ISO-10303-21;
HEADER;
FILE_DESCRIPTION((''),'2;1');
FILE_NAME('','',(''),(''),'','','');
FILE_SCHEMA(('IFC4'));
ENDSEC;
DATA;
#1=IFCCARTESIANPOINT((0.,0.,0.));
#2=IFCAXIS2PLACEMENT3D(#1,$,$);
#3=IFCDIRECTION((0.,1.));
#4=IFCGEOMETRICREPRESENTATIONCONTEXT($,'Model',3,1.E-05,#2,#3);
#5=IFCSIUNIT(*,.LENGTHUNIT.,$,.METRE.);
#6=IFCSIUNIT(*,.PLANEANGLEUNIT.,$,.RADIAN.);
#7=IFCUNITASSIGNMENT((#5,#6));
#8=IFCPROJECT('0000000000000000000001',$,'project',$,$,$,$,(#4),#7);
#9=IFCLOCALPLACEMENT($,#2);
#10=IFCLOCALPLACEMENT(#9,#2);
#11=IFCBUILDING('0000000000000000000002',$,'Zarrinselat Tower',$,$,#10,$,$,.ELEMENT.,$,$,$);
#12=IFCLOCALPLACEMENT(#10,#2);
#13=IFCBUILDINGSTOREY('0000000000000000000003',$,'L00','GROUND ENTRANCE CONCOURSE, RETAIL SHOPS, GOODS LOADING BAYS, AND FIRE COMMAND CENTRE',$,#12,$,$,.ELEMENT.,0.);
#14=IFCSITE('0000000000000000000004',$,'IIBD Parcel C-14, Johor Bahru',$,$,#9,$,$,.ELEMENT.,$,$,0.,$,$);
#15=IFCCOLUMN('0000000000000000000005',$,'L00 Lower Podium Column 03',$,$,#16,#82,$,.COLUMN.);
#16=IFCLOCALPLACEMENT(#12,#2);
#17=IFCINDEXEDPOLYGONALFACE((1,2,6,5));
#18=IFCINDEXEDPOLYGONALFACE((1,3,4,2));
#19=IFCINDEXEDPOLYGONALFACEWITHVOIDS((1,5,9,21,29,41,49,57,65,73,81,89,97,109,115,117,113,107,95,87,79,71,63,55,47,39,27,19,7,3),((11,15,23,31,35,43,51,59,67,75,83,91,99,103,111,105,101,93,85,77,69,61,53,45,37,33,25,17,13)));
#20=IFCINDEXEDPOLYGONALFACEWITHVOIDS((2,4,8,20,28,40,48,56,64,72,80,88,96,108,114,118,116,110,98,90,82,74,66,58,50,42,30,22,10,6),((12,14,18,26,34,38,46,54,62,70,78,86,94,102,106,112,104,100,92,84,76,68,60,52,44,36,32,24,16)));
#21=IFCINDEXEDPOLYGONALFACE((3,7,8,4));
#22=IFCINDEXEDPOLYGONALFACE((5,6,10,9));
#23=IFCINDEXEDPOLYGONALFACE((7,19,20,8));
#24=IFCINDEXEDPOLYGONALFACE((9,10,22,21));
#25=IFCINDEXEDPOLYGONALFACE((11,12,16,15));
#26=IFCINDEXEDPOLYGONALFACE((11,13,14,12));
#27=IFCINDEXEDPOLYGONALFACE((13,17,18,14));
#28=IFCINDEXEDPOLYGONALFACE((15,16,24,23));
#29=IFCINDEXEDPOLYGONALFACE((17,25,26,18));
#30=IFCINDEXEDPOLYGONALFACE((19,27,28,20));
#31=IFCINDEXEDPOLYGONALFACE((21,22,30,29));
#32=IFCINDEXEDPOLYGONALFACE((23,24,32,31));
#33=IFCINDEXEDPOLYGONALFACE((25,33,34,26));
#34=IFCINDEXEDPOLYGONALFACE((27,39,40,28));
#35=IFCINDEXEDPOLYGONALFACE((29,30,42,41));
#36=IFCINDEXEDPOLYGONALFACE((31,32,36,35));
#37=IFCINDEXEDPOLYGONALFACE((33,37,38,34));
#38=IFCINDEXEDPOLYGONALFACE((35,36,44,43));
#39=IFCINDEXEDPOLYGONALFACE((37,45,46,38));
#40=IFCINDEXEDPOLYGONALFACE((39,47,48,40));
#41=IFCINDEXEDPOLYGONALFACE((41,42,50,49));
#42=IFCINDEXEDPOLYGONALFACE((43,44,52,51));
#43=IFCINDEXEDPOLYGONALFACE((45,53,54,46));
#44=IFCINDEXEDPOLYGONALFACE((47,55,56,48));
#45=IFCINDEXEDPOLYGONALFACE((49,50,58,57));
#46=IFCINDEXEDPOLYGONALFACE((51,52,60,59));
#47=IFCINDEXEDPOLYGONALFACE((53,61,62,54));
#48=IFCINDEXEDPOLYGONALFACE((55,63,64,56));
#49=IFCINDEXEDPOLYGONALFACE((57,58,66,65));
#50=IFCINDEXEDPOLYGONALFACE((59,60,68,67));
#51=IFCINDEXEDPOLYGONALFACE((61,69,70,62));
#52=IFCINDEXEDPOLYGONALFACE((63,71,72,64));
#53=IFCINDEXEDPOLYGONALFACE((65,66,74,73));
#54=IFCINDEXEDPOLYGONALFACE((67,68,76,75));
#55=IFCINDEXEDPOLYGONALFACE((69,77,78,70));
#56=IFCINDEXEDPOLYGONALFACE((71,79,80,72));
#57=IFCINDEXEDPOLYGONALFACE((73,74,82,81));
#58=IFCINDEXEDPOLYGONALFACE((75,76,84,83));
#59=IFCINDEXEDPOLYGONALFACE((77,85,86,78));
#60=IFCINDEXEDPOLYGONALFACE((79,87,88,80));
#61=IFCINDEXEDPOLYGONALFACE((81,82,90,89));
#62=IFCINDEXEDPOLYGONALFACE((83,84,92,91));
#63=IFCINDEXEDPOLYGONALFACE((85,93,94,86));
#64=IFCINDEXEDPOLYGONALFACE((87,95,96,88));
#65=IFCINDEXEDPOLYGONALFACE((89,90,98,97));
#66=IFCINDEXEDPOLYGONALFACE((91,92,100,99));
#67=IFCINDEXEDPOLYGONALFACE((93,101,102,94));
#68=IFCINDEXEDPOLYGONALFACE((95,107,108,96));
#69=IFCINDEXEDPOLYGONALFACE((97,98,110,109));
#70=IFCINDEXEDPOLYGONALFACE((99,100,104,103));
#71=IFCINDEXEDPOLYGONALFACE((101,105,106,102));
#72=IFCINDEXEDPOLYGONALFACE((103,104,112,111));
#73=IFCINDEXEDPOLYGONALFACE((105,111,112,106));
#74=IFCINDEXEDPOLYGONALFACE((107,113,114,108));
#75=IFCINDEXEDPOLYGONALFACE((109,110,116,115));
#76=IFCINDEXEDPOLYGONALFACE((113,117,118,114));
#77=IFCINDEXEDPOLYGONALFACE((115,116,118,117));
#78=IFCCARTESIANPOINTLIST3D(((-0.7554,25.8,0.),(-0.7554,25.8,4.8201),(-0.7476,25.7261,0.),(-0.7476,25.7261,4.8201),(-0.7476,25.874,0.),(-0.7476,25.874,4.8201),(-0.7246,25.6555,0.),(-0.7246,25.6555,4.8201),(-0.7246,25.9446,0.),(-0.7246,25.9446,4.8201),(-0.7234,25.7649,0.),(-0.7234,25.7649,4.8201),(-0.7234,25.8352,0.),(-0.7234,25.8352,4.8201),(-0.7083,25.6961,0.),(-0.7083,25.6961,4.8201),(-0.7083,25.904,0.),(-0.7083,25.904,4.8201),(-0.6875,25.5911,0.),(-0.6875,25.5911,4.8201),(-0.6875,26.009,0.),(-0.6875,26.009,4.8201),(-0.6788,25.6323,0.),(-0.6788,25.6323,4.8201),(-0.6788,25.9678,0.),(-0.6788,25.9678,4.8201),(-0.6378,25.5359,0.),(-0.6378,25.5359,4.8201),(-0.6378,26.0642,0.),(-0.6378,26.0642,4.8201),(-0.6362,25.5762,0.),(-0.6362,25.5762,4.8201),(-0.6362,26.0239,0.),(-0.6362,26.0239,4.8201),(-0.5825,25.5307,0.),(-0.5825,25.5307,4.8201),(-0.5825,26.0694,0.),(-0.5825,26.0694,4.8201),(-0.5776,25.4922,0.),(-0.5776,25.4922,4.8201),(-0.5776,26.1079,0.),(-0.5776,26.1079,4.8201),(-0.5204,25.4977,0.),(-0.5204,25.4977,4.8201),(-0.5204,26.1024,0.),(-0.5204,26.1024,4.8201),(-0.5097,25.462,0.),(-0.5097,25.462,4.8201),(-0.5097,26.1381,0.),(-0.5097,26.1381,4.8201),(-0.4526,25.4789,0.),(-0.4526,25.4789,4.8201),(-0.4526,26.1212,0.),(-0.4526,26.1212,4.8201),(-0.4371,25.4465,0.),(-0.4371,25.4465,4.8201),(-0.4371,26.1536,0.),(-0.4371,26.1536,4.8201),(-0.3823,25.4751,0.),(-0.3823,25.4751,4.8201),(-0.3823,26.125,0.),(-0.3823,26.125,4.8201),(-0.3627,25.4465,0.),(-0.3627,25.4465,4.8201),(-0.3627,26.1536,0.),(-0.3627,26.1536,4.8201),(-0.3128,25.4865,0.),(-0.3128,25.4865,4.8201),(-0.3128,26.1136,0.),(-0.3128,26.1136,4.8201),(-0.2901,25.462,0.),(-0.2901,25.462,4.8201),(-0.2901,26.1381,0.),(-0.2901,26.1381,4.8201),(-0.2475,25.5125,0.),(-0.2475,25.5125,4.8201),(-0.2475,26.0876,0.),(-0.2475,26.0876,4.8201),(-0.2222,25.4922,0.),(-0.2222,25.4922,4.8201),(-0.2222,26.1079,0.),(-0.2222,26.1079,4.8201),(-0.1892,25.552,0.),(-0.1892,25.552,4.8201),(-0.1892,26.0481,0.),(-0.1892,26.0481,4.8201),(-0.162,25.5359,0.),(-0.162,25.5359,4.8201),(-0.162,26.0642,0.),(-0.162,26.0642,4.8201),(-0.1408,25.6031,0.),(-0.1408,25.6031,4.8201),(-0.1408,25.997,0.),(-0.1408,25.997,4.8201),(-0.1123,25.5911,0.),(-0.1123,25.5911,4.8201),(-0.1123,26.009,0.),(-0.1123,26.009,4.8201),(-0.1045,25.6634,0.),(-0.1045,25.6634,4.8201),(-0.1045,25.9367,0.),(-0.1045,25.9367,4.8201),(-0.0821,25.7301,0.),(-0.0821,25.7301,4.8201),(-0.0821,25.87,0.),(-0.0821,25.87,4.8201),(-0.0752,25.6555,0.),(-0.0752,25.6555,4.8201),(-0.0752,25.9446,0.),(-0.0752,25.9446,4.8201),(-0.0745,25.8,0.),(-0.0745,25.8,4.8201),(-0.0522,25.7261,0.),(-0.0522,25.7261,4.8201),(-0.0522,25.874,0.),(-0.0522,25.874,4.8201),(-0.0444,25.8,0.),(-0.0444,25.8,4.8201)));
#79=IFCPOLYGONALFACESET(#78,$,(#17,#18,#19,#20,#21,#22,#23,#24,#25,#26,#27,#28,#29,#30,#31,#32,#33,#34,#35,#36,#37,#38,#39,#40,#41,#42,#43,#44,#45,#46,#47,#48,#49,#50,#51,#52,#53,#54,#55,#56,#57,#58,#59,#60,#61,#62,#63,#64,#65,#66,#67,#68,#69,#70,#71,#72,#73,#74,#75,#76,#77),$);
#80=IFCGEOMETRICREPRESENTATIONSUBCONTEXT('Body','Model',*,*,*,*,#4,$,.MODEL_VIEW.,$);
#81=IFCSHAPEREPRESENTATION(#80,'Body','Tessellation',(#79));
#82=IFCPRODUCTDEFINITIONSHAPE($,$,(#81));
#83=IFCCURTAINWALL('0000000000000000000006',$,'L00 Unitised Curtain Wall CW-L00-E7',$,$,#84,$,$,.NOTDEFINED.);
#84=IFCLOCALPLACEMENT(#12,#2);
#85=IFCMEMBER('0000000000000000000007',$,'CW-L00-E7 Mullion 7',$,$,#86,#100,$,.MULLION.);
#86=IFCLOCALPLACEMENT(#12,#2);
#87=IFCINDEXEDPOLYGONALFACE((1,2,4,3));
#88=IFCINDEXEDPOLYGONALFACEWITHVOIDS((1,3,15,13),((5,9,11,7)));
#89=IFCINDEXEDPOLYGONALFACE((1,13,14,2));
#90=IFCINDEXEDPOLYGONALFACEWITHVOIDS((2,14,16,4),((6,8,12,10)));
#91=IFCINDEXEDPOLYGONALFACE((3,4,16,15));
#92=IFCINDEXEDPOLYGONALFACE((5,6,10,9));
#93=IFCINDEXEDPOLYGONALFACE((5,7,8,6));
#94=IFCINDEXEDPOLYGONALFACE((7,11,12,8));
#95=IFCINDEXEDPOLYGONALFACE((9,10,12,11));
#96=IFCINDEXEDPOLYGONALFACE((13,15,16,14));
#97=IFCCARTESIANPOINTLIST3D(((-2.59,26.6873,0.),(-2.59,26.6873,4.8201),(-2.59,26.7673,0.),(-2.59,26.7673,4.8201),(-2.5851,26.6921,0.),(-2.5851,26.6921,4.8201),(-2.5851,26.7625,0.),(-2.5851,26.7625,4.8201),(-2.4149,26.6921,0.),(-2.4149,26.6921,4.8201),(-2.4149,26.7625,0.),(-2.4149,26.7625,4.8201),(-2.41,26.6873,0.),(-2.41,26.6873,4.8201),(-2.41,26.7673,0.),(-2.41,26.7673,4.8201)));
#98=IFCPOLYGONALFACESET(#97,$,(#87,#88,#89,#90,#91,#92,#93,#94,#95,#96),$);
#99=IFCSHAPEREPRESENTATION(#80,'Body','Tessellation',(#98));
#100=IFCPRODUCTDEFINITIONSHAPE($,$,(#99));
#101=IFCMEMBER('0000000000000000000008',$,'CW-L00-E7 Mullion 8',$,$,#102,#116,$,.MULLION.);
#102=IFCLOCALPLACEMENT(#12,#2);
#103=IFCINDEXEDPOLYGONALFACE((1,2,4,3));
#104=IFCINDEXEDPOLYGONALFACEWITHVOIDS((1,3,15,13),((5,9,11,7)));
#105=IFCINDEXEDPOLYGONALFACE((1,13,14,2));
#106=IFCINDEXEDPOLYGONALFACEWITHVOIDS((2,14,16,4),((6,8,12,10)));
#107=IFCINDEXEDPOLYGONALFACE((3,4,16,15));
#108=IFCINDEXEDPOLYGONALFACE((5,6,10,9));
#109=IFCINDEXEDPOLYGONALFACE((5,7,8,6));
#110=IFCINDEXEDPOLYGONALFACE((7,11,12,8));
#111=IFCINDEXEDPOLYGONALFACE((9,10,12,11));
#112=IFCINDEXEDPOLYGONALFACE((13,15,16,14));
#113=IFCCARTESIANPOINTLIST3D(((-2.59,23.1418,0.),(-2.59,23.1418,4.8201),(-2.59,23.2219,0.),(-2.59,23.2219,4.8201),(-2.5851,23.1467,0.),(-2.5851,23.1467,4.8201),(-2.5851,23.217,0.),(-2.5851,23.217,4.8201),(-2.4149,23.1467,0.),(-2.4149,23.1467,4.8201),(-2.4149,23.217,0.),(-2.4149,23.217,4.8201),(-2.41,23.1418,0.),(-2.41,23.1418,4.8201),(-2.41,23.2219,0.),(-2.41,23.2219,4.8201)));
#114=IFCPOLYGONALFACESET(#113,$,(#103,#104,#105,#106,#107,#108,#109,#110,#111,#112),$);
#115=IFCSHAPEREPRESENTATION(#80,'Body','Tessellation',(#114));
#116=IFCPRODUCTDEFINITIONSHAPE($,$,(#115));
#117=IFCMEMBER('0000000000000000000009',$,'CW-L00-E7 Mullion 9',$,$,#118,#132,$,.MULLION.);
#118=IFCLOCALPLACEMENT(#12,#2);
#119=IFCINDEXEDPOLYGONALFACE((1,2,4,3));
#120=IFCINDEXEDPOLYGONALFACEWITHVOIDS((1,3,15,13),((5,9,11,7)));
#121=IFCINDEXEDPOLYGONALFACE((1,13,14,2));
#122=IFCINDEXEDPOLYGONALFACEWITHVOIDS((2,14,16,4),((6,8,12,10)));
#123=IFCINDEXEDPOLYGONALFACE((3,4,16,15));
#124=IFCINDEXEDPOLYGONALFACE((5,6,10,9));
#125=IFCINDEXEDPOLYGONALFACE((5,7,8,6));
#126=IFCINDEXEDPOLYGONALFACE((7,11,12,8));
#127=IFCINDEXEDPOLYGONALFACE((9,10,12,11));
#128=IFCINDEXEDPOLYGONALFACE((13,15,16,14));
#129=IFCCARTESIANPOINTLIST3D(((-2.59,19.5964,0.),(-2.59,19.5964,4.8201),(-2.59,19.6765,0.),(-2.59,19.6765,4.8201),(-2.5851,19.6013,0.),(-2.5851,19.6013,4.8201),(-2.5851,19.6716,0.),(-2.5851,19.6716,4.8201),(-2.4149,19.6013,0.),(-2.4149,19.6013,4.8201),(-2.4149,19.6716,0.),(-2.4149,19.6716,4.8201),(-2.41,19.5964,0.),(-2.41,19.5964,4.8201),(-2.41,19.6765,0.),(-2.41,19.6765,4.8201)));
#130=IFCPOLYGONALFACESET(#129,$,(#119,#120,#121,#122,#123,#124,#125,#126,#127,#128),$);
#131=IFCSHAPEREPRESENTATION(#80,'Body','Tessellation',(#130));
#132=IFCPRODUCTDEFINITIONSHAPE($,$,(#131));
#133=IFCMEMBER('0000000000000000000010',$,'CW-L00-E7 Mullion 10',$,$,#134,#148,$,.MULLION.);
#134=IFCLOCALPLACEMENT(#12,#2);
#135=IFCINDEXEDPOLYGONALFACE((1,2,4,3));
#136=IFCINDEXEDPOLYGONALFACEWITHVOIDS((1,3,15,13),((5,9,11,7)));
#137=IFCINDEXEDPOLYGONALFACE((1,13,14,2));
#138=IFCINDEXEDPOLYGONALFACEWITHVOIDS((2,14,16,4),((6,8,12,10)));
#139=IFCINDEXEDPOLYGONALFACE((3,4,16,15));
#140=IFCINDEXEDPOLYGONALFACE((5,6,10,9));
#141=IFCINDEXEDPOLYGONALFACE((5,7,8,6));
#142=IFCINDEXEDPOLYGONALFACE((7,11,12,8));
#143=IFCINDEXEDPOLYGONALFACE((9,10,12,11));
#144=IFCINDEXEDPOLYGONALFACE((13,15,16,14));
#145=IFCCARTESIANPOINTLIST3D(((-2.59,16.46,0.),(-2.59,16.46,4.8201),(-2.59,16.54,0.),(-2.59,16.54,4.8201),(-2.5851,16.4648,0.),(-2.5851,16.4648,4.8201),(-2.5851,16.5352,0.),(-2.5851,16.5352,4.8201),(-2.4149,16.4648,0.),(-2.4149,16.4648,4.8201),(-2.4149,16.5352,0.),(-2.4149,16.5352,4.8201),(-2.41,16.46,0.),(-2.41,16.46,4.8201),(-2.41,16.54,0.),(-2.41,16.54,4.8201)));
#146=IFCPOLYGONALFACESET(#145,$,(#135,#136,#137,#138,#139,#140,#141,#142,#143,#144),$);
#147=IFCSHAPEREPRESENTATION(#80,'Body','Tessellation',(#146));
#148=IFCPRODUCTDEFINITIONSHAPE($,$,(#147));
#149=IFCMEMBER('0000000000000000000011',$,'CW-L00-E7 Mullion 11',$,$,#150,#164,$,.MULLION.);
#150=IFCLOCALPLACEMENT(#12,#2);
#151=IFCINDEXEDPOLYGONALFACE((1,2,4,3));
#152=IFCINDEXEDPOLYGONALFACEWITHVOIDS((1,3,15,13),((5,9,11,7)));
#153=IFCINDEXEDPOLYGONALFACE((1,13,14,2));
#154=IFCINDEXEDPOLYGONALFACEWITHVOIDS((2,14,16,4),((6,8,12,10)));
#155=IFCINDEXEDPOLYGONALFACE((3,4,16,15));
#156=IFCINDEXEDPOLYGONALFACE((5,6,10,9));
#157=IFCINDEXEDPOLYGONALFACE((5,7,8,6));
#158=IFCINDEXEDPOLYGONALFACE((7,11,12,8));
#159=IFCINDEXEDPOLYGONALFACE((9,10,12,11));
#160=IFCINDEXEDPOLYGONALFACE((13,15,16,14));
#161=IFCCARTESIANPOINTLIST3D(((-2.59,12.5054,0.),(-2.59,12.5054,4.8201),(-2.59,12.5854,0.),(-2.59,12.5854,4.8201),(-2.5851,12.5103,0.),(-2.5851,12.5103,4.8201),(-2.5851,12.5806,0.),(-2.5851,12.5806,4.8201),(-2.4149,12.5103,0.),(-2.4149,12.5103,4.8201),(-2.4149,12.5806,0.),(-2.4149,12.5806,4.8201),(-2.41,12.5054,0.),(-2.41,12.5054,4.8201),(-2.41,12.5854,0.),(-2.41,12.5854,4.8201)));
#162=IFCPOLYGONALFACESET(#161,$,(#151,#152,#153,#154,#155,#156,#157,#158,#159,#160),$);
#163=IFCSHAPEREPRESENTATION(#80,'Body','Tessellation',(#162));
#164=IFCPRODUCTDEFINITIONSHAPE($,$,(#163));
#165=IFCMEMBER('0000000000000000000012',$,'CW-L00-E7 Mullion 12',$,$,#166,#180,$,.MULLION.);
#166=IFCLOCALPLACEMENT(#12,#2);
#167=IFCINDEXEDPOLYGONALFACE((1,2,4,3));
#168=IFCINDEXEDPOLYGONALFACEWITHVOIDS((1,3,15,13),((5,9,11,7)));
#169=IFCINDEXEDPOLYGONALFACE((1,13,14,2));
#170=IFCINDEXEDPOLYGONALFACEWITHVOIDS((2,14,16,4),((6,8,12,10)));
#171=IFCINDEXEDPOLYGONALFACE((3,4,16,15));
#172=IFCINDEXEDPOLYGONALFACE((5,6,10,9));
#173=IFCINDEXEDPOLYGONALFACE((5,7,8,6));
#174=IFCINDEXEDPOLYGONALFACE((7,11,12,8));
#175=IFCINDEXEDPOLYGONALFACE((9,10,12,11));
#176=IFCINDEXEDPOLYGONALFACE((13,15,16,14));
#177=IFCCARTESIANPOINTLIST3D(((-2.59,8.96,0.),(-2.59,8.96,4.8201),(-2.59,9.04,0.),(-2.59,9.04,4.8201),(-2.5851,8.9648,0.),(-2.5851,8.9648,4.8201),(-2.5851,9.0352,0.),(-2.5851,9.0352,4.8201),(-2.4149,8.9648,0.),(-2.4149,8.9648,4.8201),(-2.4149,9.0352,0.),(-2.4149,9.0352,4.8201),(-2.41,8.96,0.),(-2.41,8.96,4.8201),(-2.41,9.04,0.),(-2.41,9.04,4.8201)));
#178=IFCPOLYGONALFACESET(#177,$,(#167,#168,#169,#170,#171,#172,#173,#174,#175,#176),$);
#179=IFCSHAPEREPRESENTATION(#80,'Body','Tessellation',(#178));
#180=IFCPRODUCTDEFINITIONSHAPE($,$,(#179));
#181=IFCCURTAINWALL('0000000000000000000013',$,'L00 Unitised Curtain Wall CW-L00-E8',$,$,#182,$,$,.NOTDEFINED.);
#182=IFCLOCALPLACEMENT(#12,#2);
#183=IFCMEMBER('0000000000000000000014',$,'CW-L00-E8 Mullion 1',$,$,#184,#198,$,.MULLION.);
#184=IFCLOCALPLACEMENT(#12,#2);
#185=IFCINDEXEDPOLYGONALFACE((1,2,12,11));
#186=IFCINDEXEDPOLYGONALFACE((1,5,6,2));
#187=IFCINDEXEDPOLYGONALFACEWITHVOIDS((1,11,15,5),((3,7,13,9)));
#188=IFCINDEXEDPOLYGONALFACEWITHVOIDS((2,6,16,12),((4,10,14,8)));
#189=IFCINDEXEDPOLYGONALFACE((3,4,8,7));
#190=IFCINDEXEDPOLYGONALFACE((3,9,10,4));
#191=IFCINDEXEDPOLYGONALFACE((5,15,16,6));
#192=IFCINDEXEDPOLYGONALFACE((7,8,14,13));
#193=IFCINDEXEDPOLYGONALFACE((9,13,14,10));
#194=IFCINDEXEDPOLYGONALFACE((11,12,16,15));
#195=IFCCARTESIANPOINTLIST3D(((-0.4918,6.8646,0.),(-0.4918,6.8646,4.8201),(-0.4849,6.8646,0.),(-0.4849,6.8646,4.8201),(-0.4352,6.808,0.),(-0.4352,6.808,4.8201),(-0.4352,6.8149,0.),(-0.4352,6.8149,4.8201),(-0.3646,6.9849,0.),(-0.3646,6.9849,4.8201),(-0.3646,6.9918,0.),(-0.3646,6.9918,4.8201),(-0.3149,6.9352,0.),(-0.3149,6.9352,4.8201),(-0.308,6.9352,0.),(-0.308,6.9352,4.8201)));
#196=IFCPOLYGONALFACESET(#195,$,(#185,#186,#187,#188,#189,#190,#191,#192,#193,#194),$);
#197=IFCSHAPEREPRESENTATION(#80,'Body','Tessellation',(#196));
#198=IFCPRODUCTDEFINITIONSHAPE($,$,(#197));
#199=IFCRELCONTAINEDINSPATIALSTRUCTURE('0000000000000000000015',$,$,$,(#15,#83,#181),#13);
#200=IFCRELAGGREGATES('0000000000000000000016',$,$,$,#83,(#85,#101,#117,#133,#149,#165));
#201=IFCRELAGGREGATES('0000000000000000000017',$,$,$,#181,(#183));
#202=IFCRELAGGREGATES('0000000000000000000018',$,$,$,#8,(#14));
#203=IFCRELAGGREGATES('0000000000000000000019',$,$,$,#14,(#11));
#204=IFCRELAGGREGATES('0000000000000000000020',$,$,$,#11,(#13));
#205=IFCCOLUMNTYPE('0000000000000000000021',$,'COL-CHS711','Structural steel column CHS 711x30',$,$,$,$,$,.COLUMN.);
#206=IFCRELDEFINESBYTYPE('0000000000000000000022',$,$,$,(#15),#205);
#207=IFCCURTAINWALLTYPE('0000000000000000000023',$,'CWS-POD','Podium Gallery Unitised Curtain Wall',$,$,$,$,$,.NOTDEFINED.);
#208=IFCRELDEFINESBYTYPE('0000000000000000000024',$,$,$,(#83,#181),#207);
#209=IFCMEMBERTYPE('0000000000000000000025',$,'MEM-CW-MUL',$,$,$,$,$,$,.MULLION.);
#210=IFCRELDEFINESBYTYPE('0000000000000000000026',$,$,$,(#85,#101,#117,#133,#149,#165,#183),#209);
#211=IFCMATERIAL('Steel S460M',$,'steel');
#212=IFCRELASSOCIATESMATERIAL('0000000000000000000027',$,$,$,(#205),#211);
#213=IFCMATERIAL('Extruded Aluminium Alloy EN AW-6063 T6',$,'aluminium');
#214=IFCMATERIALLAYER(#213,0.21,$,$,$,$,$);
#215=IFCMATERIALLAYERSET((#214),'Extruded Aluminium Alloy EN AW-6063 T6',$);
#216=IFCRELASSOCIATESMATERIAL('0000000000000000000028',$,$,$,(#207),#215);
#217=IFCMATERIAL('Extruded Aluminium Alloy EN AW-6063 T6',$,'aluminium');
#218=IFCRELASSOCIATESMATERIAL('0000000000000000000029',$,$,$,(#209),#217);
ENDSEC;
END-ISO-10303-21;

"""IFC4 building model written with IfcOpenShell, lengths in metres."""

from ifc_helpers import new_model, si_unit, direction, frame, origin, origin_2d, place, context, subcontext, project, spatial, hollow_rectangle, hollow_circle, extrude, material, layer, layer_set, material_profile, profile_set, type_object, element, aggregate, save


model = new_model("IFC4")

# Units and contexts
model_context = context("Model", 3, precision=1e-05, world=origin(), true_north=direction((0.0, 1.0)))
body_context = subcontext(model_context, "Body", "Model", "MODEL_VIEW")
ifc_project = project(units=[si_unit("LENGTHUNIT", "METRE"), si_unit("PLANEANGLEUNIT", "RADIAN")], contexts=[model_context])

# Site, building, storey
site_placement = place(None, origin())
site = spatial("IfcSite", under=ifc_project, at=site_placement, Name="IIBD Parcel C-14, Johor Bahru", CompositionType="ELEMENT", RefElevation=0.0)
building_placement = place(site_placement, origin())
building = spatial("IfcBuilding", under=site, at=building_placement, Name="Zarrinselat Tower", CompositionType="ELEMENT")
storey_placement = place(building_placement, origin())
storey = spatial("IfcBuildingStorey", under=building, at=storey_placement, Name="L00", Description="GROUND ENTRANCE CONCOURSE, RETAIL SHOPS, GOODS LOADING BAYS, AND FIRE COMMAND CENTRE", CompositionType="ELEMENT", Elevation=0.0)

# Column
ifc_material_1 = material(Name="Steel S460M", Category="steel")
ifc_material_profile_1 = material_profile(ifc_material_1, hollow_circle(Radius=0.3555, WallThickness=0.03, at=origin_2d()), Name="CHS 711x30")
ifc_profile_set_1 = profile_set([ifc_material_profile_1], Name="Steel S460M")
column_type = type_object("IfcColumnType", Name="COL-CHS711", Description="Structural steel column CHS 711x30", PredefinedType="COLUMN", material=ifc_profile_set_1)
for number, where, z_axis, x_axis, name in (
    (1, (-0.3999, 25.8, 0.0), (0.0, 0.0, 1.0), (1.0, 0.0, 0.0), "L00 Lower Podium Column 03"),
):
    element("IfcColumn", number, at=place(storey_placement, frame(where, z_axis=z_axis, x_axis=x_axis)), inside=storey, type_object=column_type, Name=name, PredefinedType="COLUMN", context=body_context, shape_type="SweptSolid", body=[
        extrude(hollow_circle(Radius=0.3555, WallThickness=0.03, at=origin_2d()), origin(), (0.0, 0.0, 1.0), 4.8201),
    ])

# Curtain walls, members
ifc_material_2 = material(Name="Extruded Aluminium Alloy EN AW-6063 T6", Category="aluminium")
ifc_layer_1 = layer(ifc_material_2, 0.21)
ifc_layer_set_1 = layer_set([ifc_layer_1], Name="Extruded Aluminium Alloy EN AW-6063 T6")
curtain_wall_type = type_object("IfcCurtainWallType", Name="CWS-POD", Description="Podium Gallery Unitised Curtain Wall", PredefinedType="NOTDEFINED", material=ifc_layer_set_1)
curtain_wall_1_placement = place(storey_placement, origin())
curtain_wall_1 = element("IfcCurtainWall", 2, at=curtain_wall_1_placement, inside=storey, type_object=curtain_wall_type, Name="L00 Unitised Curtain Wall CW-L00-E7", PredefinedType="NOTDEFINED")
ifc_material_3 = material(Name="Extruded Aluminium Alloy EN AW-6063 T6", Category="aluminium")
ifc_material_profile_2 = material_profile(ifc_material_3, hollow_rectangle(XDim=0.0801, YDim=0.1799, WallThickness=0.0049, at=origin_2d()), Name="RHS 180x80x5")
ifc_profile_set_2 = profile_set([ifc_material_profile_2], Name="Extruded Aluminium Alloy EN AW-6063 T6")
member_type_1 = type_object("IfcMemberType", Name="MEM-CW-MUL", PredefinedType="MULLION", material=ifc_profile_set_2)
member_1_placement = place(storey_placement, frame((-2.5, 26.7273, 0.0), z_axis=(0.0, 0.0, 1.0), x_axis=(0.0, -1.0, 0.0)))
member_1 = element("IfcMember", 3, at=member_1_placement, type_object=member_type_1, Name="CW-L00-E7 Mullion 7", PredefinedType="MULLION", context=body_context, shape_type="SweptSolid", body=[
    extrude(hollow_rectangle(XDim=0.0801, YDim=0.1799, WallThickness=0.0049, at=origin_2d()), origin(), (0.0, 0.0, 1.0), 4.8201),
])
member_2_placement = place(storey_placement, frame((-2.5, 23.1819, 0.0), z_axis=(0.0, 0.0, 1.0), x_axis=(0.0, -1.0, 0.0)))
member_2 = element("IfcMember", 4, at=member_2_placement, type_object=member_type_1, Name="CW-L00-E7 Mullion 8", PredefinedType="MULLION", context=body_context, shape_type="SweptSolid", body=[
    extrude(hollow_rectangle(XDim=0.0801, YDim=0.1799, WallThickness=0.0049, at=origin_2d()), origin(), (0.0, 0.0, 1.0), 4.8201),
])
member_3_placement = place(storey_placement, frame((-2.5, 19.6365, 0.0), z_axis=(0.0, 0.0, 1.0), x_axis=(0.0, -1.0, 0.0)))
member_3 = element("IfcMember", 5, at=member_3_placement, type_object=member_type_1, Name="CW-L00-E7 Mullion 9", PredefinedType="MULLION", context=body_context, shape_type="SweptSolid", body=[
    extrude(hollow_rectangle(XDim=0.0801, YDim=0.1799, WallThickness=0.0049, at=origin_2d()), origin(), (0.0, 0.0, 1.0), 4.8201),
])
member_4_placement = place(storey_placement, frame((-2.5, 16.5, 0.0), z_axis=(0.0, 0.0, 1.0), x_axis=(0.0, -1.0, 0.0)))
member_4 = element("IfcMember", 6, at=member_4_placement, type_object=member_type_1, Name="CW-L00-E7 Mullion 10", PredefinedType="MULLION", context=body_context, shape_type="SweptSolid", body=[
    extrude(hollow_rectangle(XDim=0.0801, YDim=0.1799, WallThickness=0.0049, at=origin_2d()), origin(), (0.0, 0.0, 1.0), 4.8201),
])
member_5_placement = place(storey_placement, frame((-2.5, 12.5454, 0.0), z_axis=(0.0, 0.0, 1.0), x_axis=(0.0, -1.0, 0.0)))
member_5 = element("IfcMember", 7, at=member_5_placement, type_object=member_type_1, Name="CW-L00-E7 Mullion 11", PredefinedType="MULLION", context=body_context, shape_type="SweptSolid", body=[
    extrude(hollow_rectangle(XDim=0.0801, YDim=0.1799, WallThickness=0.0049, at=origin_2d()), origin(), (0.0, 0.0, 1.0), 4.8201),
])
member_6_placement = place(storey_placement, frame((-2.5, 9.0, 0.0), z_axis=(0.0, 0.0, 1.0), x_axis=(0.0, -1.0, 0.0)))
member_6 = element("IfcMember", 8, at=member_6_placement, type_object=member_type_1, Name="CW-L00-E7 Mullion 12", PredefinedType="MULLION", context=body_context, shape_type="SweptSolid", body=[
    extrude(hollow_rectangle(XDim=0.0801, YDim=0.1799, WallThickness=0.0049, at=origin_2d()), origin(), (0.0, 0.0, 1.0), 4.8201),
])
curtain_wall_2_placement = place(storey_placement, origin())
curtain_wall_2 = element("IfcCurtainWall", 9, at=curtain_wall_2_placement, inside=storey, type_object=curtain_wall_type, Name="L00 Unitised Curtain Wall CW-L00-E8", PredefinedType="NOTDEFINED")
member_7_placement = place(storey_placement, frame((-0.3999, 6.8999, 0.0), z_axis=(0.0, 0.0, 1.0), x_axis=(0.707107, -0.707107, 0.0)))
member_7 = element("IfcMember", 10, at=member_7_placement, type_object=member_type_1, Name="CW-L00-E8 Mullion 1", PredefinedType="MULLION", context=body_context, shape_type="SweptSolid", body=[
    extrude(hollow_rectangle(XDim=0.0801, YDim=0.1799, WallThickness=0.0049, at=origin_2d()), origin(), (0.0, 0.0, 1.0), 4.8201),
])

aggregate(curtain_wall_1, [member_1, member_2, member_3, member_4, member_5, member_6])
aggregate(curtain_wall_2, [member_7])

save(model, "model.ifc")
